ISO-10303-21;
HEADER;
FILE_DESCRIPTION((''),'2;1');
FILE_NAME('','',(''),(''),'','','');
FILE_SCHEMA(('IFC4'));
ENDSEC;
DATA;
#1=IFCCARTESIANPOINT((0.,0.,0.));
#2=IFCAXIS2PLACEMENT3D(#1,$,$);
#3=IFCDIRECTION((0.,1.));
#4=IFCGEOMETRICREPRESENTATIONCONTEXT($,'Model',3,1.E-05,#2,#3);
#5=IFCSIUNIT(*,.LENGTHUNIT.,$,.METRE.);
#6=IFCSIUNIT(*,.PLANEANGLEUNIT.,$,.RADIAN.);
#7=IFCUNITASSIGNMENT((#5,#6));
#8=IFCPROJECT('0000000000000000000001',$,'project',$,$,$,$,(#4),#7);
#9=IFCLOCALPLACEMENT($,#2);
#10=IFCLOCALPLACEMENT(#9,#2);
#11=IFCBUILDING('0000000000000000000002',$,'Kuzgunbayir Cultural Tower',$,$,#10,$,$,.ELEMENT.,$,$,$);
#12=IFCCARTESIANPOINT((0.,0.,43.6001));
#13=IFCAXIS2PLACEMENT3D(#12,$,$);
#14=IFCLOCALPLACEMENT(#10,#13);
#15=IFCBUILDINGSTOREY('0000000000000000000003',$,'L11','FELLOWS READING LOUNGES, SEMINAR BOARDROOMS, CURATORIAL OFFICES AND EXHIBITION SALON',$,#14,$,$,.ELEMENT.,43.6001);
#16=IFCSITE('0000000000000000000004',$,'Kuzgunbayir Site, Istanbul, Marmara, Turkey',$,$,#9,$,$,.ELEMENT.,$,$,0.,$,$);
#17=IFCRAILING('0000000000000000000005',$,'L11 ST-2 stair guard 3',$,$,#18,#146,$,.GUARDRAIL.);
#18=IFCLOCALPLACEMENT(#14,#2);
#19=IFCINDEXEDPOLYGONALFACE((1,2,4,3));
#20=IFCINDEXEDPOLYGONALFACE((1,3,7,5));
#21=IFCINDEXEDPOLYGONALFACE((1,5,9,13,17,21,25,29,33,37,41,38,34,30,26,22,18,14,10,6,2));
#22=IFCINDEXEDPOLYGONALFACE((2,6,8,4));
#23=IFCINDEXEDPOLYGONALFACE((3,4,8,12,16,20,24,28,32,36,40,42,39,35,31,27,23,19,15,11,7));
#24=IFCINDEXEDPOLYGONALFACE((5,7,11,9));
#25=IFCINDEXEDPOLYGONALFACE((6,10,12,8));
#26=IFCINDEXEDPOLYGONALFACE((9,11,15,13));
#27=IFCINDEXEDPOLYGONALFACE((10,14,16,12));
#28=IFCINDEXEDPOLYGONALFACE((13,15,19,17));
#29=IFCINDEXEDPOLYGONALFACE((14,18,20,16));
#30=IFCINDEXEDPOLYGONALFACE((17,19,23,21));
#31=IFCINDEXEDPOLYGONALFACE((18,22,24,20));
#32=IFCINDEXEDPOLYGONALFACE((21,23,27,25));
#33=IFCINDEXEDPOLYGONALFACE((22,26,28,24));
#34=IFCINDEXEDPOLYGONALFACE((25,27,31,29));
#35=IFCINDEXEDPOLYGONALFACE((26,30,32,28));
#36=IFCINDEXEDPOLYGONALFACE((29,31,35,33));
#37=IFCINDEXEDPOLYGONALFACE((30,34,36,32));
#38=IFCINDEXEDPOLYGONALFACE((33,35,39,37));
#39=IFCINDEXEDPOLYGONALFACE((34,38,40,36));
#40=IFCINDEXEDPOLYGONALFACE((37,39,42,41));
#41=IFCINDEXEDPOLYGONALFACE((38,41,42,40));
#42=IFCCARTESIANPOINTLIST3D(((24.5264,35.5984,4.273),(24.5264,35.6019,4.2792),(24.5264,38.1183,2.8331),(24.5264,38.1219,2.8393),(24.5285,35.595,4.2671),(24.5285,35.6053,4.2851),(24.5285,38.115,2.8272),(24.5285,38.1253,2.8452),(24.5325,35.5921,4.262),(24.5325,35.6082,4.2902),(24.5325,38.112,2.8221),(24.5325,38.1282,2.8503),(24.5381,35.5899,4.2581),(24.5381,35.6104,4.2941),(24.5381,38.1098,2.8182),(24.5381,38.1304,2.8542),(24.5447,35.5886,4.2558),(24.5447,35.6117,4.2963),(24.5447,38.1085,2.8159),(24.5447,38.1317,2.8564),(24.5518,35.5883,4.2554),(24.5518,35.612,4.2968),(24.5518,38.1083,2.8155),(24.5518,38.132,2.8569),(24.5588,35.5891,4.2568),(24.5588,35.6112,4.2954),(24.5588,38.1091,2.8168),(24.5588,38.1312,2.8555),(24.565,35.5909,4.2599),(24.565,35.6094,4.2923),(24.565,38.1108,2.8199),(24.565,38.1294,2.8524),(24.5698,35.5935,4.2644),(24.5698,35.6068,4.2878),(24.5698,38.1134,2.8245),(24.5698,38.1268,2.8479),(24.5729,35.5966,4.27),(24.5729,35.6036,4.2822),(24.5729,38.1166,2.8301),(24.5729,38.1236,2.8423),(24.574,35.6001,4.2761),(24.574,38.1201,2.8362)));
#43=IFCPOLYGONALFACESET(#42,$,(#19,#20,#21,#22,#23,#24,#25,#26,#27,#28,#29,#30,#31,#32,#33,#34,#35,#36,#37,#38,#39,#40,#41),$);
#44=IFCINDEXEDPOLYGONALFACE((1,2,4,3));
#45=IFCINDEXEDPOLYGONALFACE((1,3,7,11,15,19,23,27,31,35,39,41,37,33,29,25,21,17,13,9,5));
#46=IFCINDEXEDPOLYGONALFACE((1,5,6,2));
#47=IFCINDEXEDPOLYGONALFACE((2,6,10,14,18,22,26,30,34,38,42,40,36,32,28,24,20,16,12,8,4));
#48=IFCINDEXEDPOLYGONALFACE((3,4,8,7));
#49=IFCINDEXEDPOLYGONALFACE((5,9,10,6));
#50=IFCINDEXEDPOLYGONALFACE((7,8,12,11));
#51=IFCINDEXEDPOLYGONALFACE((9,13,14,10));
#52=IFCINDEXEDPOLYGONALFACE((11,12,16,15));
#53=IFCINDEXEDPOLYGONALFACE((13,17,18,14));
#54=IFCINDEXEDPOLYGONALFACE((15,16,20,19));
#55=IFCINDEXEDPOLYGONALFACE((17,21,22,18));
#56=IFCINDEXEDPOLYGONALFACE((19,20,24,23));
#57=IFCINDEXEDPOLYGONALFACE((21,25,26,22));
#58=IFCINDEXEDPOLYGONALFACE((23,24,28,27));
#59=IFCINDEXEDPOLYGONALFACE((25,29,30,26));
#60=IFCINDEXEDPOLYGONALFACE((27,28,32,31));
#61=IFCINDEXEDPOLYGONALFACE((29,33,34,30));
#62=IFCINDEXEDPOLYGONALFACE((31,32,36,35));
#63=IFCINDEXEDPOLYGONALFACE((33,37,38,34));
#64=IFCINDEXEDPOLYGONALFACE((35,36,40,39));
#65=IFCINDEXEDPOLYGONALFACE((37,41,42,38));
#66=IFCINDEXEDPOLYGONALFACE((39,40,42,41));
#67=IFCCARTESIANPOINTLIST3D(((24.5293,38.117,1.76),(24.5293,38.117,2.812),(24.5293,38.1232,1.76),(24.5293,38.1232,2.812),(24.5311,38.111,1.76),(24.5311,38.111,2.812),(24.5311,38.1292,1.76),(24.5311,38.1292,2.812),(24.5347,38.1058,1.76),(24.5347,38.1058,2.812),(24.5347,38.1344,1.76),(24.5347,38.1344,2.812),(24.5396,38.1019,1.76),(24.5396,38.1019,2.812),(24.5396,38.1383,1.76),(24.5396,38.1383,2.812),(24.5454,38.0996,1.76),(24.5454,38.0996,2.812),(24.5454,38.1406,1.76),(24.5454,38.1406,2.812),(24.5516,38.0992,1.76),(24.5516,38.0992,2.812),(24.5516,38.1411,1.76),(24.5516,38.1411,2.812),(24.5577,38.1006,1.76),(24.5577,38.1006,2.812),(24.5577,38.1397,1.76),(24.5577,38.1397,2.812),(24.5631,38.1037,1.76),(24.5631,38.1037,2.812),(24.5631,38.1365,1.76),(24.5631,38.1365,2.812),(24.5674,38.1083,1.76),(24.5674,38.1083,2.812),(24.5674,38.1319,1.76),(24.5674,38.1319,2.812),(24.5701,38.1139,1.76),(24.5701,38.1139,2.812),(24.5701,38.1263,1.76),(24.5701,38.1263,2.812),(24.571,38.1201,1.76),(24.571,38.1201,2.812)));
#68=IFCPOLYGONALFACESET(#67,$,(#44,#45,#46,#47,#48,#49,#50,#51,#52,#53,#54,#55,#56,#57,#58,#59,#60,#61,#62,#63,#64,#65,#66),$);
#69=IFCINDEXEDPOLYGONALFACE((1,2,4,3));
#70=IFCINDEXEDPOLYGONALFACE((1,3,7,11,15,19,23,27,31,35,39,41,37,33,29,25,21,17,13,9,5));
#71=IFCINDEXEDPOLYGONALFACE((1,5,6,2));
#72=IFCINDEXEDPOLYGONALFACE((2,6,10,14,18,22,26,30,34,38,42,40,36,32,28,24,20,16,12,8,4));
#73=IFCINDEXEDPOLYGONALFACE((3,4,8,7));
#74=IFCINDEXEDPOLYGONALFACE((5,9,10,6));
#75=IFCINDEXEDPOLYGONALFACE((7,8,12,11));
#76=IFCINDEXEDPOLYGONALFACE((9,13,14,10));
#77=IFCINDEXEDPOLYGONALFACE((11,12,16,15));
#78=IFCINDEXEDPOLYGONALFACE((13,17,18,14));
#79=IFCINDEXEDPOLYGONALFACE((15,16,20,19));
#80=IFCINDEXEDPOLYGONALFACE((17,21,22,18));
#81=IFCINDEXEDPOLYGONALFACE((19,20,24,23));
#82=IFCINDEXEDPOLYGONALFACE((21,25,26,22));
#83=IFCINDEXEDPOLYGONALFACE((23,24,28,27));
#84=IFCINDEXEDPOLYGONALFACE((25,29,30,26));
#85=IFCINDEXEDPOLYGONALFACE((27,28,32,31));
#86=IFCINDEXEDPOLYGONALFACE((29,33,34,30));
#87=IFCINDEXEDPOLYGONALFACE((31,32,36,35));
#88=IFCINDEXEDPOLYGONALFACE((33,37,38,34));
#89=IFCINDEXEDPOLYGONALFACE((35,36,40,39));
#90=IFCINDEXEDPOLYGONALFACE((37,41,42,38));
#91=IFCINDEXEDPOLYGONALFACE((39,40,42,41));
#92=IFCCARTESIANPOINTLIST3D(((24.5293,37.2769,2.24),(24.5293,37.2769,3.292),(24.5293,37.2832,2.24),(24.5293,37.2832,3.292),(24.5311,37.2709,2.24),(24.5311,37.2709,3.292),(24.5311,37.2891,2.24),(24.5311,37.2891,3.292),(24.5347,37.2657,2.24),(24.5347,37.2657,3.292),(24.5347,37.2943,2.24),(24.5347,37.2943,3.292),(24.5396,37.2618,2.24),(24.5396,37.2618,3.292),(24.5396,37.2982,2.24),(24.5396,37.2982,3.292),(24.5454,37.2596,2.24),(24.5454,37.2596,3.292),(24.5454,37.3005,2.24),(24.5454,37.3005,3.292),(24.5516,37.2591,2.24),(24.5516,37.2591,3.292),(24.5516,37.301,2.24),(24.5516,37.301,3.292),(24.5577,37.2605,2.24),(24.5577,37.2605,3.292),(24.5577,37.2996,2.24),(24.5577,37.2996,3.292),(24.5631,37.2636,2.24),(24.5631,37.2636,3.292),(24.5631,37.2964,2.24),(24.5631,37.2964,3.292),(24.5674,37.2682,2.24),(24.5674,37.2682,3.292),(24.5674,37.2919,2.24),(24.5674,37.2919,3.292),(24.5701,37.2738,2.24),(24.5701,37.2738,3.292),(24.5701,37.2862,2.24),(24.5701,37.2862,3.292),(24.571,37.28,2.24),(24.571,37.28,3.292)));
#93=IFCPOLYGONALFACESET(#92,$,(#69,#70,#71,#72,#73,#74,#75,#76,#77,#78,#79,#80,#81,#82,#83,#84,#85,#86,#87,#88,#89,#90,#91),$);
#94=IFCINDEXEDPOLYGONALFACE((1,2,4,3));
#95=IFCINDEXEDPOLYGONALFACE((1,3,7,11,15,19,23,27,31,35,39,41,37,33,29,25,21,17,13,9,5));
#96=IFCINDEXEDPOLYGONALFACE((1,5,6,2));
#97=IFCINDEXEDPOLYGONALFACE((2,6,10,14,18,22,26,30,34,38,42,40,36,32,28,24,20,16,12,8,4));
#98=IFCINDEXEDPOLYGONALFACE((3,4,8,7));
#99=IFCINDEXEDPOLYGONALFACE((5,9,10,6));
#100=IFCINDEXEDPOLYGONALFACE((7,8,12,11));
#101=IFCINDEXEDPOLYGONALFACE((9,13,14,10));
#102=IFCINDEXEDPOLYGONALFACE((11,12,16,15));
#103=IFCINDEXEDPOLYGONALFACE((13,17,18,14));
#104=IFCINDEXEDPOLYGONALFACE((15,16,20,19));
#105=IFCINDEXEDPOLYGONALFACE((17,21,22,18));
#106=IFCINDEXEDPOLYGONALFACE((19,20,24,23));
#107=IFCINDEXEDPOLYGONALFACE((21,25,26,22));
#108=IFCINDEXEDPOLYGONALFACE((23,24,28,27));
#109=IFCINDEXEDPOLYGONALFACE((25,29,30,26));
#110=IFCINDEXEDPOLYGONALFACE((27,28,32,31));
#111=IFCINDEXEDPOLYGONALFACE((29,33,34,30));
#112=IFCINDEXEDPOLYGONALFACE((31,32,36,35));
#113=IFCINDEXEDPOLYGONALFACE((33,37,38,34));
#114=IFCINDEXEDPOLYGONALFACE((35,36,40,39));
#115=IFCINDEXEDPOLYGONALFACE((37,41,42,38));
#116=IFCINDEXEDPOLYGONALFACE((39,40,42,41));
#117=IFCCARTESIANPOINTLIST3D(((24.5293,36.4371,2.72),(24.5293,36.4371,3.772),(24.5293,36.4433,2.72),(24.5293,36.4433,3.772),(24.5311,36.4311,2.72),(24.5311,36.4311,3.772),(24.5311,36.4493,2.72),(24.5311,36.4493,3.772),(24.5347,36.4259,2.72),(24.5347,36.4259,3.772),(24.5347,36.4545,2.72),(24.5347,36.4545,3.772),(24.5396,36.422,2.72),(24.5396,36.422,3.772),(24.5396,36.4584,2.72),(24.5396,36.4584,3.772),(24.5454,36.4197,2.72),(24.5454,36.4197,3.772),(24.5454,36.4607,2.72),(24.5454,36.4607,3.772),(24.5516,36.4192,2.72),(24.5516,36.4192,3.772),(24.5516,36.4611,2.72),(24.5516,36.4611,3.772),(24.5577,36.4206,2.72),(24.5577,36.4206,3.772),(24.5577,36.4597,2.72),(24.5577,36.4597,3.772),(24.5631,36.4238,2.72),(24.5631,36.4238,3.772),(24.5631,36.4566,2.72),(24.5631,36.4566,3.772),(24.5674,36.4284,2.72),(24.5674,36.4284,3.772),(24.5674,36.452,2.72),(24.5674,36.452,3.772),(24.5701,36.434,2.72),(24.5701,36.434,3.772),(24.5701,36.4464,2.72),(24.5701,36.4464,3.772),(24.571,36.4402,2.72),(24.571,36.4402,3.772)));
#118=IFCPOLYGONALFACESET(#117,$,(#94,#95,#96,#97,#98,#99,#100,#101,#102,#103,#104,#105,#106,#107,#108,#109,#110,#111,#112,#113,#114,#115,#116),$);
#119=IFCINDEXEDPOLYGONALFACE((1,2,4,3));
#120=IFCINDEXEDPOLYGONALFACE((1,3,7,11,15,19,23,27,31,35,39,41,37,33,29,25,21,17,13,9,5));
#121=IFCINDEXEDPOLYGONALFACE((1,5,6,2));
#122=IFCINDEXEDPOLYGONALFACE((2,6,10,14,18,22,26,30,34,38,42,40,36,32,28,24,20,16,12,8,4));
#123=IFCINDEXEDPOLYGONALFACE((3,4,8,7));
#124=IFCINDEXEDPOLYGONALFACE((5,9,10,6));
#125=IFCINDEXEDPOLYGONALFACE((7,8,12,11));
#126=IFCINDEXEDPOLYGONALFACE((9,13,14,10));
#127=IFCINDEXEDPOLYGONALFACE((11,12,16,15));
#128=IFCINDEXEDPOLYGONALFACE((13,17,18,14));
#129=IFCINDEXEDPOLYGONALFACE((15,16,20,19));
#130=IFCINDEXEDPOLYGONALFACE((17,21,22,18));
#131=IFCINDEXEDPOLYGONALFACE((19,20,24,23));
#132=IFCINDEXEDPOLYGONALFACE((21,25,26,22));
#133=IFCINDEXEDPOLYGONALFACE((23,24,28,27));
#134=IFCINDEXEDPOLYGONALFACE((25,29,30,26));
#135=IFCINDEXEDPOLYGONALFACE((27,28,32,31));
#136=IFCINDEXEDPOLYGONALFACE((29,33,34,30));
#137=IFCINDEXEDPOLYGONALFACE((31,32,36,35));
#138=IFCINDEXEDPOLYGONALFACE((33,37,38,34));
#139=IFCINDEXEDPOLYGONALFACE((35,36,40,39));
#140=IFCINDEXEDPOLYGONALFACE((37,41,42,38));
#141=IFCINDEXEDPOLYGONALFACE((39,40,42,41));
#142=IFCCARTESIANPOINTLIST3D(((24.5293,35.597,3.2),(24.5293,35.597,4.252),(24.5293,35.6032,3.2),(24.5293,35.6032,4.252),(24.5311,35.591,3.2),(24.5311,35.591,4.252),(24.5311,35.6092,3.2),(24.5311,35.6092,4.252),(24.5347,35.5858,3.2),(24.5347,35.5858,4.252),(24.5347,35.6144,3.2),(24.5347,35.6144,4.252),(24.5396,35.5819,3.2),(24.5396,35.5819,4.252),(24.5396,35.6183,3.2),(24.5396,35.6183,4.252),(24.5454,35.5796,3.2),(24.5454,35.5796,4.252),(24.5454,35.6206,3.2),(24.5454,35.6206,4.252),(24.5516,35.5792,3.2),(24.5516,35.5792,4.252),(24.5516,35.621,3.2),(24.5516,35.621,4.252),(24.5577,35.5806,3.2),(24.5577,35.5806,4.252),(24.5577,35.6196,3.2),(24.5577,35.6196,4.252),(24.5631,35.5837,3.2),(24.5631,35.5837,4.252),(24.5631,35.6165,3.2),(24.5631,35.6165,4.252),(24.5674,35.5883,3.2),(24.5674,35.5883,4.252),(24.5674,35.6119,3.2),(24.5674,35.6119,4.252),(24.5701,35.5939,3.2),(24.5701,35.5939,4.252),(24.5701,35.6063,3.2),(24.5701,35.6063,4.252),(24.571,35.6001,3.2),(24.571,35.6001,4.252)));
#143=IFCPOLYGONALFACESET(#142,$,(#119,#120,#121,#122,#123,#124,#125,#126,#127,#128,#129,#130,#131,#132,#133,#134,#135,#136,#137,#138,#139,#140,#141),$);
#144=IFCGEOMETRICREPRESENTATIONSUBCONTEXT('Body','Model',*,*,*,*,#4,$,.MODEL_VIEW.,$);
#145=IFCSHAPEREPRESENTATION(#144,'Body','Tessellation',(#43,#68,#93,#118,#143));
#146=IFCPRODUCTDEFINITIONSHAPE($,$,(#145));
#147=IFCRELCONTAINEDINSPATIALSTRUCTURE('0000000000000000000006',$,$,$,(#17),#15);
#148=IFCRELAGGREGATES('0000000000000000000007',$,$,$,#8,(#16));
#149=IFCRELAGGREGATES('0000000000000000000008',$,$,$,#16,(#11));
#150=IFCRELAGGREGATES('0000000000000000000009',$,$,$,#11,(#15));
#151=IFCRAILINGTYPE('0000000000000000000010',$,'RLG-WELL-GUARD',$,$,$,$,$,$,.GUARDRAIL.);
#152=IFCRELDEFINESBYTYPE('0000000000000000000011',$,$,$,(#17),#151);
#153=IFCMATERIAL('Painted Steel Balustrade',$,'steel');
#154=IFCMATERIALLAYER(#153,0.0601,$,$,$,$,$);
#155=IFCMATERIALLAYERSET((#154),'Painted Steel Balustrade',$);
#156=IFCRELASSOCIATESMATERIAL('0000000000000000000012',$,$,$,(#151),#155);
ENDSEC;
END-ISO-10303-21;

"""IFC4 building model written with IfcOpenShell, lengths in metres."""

from ifc_helpers import new_model, si_unit, direction, frame, origin, origin_2d, place, context, subcontext, project, spatial, circle, extrude, material, layer, layer_set, type_object, element, save


model = new_model("IFC4")

# Units and contexts
model_context = context("Model", 3, precision=1e-05, world=origin(), true_north=direction((0.0, 1.0)))
body_context = subcontext(model_context, "Body", "Model", "MODEL_VIEW")
ifc_project = project(units=[si_unit("LENGTHUNIT", "METRE"), si_unit("PLANEANGLEUNIT", "RADIAN")], contexts=[model_context])

# Site, building, storey
site_placement = place(None, origin())
site = spatial("IfcSite", under=ifc_project, at=site_placement, Name="Kuzgunbayir Site, Istanbul, Marmara, Turkey", CompositionType="ELEMENT", RefElevation=0.0)
building_placement = place(site_placement, origin())
building = spatial("IfcBuilding", under=site, at=building_placement, Name="Kuzgunbayir Cultural Tower", CompositionType="ELEMENT")
storey_placement = place(building_placement, frame((0.0, 0.0, 43.6001)))
storey = spatial("IfcBuildingStorey", under=building, at=storey_placement, Name="L11", Description="FELLOWS READING LOUNGES, SEMINAR BOARDROOMS, CURATORIAL OFFICES AND EXHIBITION SALON", CompositionType="ELEMENT", Elevation=43.6001)

# Railing
ifc_material_1 = material(Name="Painted Steel Balustrade", Category="steel")
ifc_layer_1 = layer(ifc_material_1, 0.0601)
ifc_layer_set_1 = layer_set([ifc_layer_1], Name="Painted Steel Balustrade")
railing_type_1 = type_object("IfcRailingType", Name="RLG-WELL-GUARD", PredefinedType="GUARDRAIL", material=ifc_layer_set_1)
railing_1_placement = place(storey_placement, frame((24.55, 38.1201, 1.76)))
element("IfcRailing", 1, at=railing_1_placement, inside=storey, type_object=railing_type_1, Name="L11 ST-2 stair guard 3", PredefinedType="GUARDRAIL", context=body_context, shape_type="SweptSolid", body=[
    extrude(circle(Radius=0.0239, at=origin_2d()), frame((0.0, 0.0, 1.0762), z_axis=(0.0, -0.868253, 0.496121), x_axis=(1.0, 0.0, 0.0)), (0.0, 0.0, 1.0), 2.9023),
    extrude(circle(Radius=0.021, at=origin_2d()), origin(), (0.0, 0.0, 1.0), 1.052),
    extrude(circle(Radius=0.021, at=origin_2d()), frame((0.0, -0.8401, 0.48)), (0.0, 0.0, 1.0), 1.052),
    extrude(circle(Radius=0.021, at=origin_2d()), frame((0.0, -1.6799, 0.96)), (0.0, 0.0, 1.0), 1.052),
    extrude(circle(Radius=0.021, at=origin_2d()), frame((0.0, -2.52, 1.4399)), (0.0, 0.0, 1.0), 1.052),
])

save(model, "model.ifc")
